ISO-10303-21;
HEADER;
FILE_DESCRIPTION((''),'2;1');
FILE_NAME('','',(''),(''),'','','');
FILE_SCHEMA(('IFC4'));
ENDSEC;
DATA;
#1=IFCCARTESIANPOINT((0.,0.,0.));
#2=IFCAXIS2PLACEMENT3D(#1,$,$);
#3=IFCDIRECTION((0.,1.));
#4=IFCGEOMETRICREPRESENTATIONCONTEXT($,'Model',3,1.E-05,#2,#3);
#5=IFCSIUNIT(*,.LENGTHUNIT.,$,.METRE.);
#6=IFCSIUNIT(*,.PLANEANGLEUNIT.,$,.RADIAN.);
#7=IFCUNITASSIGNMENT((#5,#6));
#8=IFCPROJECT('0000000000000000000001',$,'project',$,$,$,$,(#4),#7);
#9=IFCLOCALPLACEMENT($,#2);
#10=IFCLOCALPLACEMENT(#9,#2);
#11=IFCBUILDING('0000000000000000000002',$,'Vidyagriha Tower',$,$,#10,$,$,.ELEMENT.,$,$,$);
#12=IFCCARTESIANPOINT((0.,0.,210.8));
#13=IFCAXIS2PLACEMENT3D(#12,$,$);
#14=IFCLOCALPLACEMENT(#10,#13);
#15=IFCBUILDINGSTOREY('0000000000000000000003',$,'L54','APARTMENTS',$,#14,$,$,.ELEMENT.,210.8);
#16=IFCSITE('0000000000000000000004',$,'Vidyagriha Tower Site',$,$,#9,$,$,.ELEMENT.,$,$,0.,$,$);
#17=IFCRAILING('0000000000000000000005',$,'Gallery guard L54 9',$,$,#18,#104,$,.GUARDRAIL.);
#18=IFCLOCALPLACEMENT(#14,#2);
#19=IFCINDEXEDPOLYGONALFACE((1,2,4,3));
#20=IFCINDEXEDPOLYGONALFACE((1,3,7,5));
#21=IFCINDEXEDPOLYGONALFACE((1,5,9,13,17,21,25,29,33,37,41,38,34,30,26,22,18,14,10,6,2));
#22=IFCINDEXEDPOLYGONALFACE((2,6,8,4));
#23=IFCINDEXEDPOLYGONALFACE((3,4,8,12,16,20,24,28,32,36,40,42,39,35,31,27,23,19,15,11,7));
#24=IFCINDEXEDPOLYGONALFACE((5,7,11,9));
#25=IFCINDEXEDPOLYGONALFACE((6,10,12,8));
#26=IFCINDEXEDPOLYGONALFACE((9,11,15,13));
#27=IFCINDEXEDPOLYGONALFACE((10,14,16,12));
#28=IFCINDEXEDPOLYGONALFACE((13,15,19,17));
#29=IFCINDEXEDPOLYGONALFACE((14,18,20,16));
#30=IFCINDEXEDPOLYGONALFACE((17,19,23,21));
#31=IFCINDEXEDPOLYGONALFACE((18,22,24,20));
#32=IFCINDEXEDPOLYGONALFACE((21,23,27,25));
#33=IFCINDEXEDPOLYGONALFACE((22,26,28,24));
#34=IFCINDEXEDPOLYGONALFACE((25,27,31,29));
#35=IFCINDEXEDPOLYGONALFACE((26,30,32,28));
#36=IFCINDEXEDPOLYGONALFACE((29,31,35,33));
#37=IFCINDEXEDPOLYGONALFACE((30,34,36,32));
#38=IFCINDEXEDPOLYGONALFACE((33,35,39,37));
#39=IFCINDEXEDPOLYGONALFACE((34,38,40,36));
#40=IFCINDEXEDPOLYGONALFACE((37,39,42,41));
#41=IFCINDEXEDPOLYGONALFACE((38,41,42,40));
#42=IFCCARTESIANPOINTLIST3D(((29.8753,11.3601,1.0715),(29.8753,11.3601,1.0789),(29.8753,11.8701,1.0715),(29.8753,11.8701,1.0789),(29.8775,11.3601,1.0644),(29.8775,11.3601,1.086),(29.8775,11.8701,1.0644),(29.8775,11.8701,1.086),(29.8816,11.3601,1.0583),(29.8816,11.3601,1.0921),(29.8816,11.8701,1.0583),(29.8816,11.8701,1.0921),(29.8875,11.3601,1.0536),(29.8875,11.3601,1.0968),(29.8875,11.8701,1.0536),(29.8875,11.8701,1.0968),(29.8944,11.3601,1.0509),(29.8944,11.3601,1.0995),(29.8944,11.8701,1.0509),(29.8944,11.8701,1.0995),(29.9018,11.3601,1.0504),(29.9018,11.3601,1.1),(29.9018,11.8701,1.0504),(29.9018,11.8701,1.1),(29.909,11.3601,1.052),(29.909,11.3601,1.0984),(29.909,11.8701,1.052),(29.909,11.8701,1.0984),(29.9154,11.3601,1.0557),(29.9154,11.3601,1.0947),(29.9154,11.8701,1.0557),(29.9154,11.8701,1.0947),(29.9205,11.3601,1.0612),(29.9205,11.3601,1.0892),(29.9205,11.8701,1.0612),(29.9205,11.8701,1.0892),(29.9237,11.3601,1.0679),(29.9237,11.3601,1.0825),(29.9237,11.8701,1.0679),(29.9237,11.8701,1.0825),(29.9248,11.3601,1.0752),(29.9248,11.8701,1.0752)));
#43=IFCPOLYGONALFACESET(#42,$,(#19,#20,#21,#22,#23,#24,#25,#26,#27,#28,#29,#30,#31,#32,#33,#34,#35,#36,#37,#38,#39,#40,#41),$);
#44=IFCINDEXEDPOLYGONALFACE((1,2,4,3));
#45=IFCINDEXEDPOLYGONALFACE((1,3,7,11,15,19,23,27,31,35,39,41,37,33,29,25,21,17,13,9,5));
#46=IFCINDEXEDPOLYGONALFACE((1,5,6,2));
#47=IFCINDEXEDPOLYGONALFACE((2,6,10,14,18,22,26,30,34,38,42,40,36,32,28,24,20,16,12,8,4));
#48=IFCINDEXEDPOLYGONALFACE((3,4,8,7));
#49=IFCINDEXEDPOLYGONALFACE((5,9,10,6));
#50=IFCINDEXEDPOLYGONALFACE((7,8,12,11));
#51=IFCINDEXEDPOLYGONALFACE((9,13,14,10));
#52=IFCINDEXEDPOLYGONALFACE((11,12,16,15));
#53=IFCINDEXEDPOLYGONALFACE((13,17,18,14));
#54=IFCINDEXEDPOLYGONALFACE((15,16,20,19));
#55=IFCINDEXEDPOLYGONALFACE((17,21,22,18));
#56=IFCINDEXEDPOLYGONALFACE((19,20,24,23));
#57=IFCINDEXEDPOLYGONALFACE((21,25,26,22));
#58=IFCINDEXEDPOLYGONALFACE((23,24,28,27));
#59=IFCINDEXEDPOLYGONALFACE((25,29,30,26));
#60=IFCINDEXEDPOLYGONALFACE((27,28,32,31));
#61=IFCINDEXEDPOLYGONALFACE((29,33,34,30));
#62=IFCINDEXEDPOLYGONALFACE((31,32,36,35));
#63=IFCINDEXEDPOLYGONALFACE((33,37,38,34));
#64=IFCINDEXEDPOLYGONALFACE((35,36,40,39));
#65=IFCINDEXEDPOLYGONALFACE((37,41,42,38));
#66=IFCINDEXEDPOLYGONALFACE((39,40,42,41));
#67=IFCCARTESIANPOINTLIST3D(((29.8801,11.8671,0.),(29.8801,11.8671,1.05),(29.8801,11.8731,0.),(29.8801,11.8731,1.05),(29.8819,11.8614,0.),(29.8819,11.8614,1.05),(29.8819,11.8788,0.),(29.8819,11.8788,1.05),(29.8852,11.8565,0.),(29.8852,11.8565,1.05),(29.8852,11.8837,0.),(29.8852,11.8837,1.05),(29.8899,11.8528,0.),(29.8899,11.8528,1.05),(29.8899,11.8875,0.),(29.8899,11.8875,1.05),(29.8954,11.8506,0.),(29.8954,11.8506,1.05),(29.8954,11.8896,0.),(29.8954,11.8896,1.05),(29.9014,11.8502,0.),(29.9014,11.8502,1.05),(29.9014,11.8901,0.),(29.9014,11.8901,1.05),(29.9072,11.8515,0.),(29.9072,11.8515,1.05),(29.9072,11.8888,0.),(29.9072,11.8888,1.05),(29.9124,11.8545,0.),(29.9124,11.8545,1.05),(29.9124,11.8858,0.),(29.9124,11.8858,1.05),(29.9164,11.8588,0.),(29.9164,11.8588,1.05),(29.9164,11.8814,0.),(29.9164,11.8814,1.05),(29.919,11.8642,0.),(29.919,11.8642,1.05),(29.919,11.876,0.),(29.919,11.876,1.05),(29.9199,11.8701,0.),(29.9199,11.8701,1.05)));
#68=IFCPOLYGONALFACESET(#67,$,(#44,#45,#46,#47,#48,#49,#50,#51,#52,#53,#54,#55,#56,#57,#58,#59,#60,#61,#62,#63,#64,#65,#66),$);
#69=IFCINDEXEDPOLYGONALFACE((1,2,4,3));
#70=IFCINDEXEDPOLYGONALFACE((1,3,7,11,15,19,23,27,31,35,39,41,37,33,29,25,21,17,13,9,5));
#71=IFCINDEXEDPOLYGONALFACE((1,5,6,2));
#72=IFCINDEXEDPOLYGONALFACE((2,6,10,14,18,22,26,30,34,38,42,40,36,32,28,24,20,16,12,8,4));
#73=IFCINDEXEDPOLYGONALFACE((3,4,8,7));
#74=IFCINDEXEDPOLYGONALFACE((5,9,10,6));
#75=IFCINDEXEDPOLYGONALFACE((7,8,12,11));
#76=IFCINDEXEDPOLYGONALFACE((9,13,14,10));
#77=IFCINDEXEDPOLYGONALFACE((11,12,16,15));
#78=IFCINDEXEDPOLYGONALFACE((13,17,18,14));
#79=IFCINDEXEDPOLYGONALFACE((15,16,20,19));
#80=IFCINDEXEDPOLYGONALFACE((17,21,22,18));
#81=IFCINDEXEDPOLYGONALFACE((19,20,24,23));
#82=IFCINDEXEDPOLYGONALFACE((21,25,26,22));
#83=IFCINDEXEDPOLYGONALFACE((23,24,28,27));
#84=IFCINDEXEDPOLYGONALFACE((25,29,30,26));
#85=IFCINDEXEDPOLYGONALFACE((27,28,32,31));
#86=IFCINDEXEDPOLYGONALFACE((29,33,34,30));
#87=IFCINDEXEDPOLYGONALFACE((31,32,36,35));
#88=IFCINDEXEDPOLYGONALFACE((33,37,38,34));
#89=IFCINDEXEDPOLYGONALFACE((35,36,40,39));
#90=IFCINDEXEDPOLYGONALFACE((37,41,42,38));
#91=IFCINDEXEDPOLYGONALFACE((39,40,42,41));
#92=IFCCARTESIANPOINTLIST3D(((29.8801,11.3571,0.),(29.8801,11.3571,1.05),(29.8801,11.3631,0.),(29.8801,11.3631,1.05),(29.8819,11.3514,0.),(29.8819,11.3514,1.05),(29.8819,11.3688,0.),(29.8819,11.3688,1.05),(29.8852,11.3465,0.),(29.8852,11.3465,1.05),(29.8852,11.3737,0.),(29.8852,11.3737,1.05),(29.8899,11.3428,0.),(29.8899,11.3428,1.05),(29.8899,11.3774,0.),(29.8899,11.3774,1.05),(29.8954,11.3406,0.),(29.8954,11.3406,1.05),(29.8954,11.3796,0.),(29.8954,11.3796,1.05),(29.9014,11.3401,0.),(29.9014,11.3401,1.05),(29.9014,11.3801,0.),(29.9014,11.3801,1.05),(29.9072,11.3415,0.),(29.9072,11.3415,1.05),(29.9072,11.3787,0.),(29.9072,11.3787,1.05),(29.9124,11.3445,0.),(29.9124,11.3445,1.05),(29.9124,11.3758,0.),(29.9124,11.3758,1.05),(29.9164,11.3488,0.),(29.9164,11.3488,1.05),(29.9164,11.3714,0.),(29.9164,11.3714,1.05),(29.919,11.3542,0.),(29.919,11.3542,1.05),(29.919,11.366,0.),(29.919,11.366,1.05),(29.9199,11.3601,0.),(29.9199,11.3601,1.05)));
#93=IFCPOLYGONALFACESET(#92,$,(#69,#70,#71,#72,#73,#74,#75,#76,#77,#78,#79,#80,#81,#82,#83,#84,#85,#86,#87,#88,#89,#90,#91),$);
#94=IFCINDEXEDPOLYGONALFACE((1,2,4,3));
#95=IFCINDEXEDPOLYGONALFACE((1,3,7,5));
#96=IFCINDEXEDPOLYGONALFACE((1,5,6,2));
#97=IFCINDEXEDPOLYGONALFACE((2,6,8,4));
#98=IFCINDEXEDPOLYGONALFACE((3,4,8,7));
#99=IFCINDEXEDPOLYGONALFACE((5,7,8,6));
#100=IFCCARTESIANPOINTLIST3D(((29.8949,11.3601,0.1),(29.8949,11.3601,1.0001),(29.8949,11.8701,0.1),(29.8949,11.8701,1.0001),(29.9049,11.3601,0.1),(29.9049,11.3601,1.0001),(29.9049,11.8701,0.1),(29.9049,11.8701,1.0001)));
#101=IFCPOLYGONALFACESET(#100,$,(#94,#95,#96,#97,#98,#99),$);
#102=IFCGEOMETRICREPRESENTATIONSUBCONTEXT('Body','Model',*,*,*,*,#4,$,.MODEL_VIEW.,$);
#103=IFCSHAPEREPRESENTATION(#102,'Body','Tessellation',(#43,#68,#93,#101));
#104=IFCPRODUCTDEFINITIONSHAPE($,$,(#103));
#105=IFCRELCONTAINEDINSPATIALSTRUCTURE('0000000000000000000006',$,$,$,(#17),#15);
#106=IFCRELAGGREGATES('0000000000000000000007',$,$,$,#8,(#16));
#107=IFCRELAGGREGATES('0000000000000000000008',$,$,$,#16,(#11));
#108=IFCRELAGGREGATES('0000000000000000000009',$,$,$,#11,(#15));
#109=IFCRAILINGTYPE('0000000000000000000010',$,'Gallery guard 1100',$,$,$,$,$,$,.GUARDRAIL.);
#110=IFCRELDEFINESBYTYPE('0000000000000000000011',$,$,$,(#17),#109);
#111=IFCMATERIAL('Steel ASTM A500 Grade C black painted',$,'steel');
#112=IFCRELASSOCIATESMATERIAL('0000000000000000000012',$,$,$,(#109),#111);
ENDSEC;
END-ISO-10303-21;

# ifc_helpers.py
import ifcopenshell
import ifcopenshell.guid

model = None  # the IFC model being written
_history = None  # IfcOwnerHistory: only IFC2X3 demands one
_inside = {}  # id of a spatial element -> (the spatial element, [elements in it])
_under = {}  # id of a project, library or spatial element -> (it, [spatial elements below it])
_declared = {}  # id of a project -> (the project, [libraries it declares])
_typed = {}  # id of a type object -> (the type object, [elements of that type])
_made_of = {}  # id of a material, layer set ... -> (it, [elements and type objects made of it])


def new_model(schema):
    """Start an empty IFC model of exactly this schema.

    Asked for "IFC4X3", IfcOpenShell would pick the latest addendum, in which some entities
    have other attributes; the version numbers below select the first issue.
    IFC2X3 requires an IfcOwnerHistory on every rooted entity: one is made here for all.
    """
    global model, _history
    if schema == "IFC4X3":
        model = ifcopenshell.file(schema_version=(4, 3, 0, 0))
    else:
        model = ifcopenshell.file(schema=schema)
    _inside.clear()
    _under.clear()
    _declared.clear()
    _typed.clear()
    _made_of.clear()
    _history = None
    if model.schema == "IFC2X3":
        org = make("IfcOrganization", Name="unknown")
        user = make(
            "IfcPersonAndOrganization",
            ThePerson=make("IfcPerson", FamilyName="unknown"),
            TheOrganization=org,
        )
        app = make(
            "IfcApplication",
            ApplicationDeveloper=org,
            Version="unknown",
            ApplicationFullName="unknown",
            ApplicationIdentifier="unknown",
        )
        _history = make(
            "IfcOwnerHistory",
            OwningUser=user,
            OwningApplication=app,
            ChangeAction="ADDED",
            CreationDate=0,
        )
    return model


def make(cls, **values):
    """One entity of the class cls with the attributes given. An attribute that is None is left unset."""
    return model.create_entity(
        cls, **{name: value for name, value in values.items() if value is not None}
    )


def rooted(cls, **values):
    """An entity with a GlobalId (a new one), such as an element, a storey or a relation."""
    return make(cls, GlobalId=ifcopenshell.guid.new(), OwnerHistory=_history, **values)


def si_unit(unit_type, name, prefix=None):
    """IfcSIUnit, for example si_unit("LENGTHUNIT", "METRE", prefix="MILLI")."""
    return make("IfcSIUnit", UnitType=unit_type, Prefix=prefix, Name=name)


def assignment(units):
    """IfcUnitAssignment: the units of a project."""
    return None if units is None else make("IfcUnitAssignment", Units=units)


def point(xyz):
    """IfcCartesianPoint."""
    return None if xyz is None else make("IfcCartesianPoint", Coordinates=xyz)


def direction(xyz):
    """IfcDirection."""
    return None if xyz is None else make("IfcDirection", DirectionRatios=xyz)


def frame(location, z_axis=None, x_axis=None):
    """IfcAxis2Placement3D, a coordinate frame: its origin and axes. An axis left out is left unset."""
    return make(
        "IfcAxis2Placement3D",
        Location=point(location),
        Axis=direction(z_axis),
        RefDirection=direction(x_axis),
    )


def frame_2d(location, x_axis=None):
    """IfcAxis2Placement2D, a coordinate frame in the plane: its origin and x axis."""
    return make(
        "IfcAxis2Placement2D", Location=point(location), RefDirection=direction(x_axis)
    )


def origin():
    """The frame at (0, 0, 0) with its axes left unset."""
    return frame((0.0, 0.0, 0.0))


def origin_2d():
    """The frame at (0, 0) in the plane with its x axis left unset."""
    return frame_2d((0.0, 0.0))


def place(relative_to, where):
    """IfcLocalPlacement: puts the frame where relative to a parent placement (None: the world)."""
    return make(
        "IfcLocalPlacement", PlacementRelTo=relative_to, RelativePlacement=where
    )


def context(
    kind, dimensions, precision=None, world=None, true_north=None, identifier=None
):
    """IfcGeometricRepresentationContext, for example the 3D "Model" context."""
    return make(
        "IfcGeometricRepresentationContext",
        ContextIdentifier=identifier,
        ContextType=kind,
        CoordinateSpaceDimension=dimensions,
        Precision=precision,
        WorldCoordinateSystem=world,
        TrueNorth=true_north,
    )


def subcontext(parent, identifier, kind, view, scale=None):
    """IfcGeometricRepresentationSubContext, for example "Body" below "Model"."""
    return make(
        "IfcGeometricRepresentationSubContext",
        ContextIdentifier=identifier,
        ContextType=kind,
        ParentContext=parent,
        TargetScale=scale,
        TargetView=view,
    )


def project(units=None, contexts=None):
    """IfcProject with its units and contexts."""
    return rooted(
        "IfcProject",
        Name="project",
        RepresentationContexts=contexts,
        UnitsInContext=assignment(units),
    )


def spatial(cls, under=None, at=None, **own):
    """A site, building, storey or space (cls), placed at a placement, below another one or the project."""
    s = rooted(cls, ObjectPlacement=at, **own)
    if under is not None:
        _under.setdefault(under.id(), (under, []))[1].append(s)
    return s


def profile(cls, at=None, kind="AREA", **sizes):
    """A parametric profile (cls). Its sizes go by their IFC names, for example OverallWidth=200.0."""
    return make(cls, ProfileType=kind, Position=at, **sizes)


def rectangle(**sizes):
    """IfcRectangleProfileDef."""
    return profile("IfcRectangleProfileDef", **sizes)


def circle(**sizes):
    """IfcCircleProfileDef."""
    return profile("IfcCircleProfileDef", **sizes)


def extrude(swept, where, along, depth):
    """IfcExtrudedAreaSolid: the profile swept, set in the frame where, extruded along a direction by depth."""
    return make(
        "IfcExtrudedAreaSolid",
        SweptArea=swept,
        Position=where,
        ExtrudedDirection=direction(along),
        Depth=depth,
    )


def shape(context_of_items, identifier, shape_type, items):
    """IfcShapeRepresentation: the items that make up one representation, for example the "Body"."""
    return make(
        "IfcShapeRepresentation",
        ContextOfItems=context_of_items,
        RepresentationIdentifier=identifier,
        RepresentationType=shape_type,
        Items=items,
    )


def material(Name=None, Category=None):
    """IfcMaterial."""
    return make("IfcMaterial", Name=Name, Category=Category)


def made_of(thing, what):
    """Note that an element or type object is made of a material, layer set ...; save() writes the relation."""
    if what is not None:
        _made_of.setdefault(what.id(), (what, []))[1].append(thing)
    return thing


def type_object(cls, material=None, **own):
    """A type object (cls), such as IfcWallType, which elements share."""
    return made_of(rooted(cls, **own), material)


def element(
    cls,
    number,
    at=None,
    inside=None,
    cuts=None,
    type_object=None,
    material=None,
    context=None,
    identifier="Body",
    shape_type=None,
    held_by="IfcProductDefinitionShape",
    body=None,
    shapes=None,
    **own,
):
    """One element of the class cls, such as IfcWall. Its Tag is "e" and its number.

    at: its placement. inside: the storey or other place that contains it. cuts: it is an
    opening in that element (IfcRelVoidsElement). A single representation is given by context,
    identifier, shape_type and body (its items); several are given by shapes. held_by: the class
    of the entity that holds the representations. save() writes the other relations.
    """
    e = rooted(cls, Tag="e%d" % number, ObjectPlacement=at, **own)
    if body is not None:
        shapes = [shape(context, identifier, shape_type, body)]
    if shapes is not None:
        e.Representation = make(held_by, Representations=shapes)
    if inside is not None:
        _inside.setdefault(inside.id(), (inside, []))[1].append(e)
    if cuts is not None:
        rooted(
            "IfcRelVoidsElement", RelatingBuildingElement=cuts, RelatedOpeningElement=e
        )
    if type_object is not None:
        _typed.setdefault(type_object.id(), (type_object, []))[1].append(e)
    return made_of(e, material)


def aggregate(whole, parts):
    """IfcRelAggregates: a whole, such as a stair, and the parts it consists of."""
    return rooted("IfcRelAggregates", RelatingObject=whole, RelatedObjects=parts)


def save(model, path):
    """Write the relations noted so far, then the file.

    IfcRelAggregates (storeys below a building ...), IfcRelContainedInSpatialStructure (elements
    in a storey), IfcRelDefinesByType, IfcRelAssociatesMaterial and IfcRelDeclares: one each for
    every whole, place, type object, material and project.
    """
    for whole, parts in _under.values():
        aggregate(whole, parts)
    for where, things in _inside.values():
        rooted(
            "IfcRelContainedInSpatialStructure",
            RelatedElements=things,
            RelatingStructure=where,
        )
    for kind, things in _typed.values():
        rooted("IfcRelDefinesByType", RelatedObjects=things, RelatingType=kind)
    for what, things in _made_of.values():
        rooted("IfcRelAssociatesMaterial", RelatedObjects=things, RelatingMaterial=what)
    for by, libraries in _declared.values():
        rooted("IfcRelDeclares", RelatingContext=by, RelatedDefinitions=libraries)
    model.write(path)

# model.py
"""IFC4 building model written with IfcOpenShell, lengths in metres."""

from ifc_helpers import new_model, si_unit, direction, frame, origin, origin_2d, place, context, subcontext, project, spatial, rectangle, circle, extrude, material, type_object, element, save


model = new_model("IFC4")

# Units and contexts
model_context = context("Model", 3, precision=1e-05, world=origin(), true_north=direction((0.0, 1.0)))
body_context = subcontext(model_context, "Body", "Model", "MODEL_VIEW")
ifc_project = project(units=[si_unit("LENGTHUNIT", "METRE"), si_unit("PLANEANGLEUNIT", "RADIAN")], contexts=[model_context])

# Site, building, storey
site_placement = place(None, origin())
site = spatial("IfcSite", under=ifc_project, at=site_placement, Name="Vidyagriha Tower Site", CompositionType="ELEMENT", RefElevation=0.0)
building_placement = place(site_placement, origin())
building = spatial("IfcBuilding", under=site, at=building_placement, Name="Vidyagriha Tower", CompositionType="ELEMENT")
storey_placement = place(building_placement, frame((0.0, 0.0, 210.8)))
storey = spatial("IfcBuildingStorey", under=building, at=storey_placement, Name="L54", Description="APARTMENTS", CompositionType="ELEMENT", Elevation=210.8)

# Railing
ifc_material_1 = material(Name="Steel ASTM A500 Grade C black painted", Category="steel")
railing_type = type_object("IfcRailingType", Name="Gallery guard 1100", PredefinedType="GUARDRAIL", material=ifc_material_1)
railing_1_placement = place(storey_placement, frame((29.8999, 11.8701, 0.0)))
element("IfcRailing", 1, at=railing_1_placement, inside=storey, type_object=railing_type, Name="Gallery guard L54 9", PredefinedType="GUARDRAIL", context=body_context, shape_type="SweptSolid", body=[
    extrude(circle(Radius=0.0249, at=origin_2d()), frame((0.0, 0.0, 1.0752), z_axis=(0.0, -1.0, 0.0), x_axis=(1.0, 0.0, 0.0)), (0.0, 0.0, 1.0), 0.51),
    extrude(circle(Radius=0.02, at=origin_2d()), origin(), (0.0, 0.0, 1.0), 1.05),
    extrude(circle(Radius=0.02, at=origin_2d()), frame((0.0, -0.51, 0.0)), (0.0, 0.0, 1.0), 1.05),
    extrude(rectangle(XDim=0.01, YDim=0.9001, at=origin_2d()), frame((0.0, 0.0, 0.55), z_axis=(0.0, -1.0, 0.0), x_axis=(1.0, 0.0, 0.0)), (0.0, 0.0, 1.0), 0.51),
])

save(model, "model.ifc")
